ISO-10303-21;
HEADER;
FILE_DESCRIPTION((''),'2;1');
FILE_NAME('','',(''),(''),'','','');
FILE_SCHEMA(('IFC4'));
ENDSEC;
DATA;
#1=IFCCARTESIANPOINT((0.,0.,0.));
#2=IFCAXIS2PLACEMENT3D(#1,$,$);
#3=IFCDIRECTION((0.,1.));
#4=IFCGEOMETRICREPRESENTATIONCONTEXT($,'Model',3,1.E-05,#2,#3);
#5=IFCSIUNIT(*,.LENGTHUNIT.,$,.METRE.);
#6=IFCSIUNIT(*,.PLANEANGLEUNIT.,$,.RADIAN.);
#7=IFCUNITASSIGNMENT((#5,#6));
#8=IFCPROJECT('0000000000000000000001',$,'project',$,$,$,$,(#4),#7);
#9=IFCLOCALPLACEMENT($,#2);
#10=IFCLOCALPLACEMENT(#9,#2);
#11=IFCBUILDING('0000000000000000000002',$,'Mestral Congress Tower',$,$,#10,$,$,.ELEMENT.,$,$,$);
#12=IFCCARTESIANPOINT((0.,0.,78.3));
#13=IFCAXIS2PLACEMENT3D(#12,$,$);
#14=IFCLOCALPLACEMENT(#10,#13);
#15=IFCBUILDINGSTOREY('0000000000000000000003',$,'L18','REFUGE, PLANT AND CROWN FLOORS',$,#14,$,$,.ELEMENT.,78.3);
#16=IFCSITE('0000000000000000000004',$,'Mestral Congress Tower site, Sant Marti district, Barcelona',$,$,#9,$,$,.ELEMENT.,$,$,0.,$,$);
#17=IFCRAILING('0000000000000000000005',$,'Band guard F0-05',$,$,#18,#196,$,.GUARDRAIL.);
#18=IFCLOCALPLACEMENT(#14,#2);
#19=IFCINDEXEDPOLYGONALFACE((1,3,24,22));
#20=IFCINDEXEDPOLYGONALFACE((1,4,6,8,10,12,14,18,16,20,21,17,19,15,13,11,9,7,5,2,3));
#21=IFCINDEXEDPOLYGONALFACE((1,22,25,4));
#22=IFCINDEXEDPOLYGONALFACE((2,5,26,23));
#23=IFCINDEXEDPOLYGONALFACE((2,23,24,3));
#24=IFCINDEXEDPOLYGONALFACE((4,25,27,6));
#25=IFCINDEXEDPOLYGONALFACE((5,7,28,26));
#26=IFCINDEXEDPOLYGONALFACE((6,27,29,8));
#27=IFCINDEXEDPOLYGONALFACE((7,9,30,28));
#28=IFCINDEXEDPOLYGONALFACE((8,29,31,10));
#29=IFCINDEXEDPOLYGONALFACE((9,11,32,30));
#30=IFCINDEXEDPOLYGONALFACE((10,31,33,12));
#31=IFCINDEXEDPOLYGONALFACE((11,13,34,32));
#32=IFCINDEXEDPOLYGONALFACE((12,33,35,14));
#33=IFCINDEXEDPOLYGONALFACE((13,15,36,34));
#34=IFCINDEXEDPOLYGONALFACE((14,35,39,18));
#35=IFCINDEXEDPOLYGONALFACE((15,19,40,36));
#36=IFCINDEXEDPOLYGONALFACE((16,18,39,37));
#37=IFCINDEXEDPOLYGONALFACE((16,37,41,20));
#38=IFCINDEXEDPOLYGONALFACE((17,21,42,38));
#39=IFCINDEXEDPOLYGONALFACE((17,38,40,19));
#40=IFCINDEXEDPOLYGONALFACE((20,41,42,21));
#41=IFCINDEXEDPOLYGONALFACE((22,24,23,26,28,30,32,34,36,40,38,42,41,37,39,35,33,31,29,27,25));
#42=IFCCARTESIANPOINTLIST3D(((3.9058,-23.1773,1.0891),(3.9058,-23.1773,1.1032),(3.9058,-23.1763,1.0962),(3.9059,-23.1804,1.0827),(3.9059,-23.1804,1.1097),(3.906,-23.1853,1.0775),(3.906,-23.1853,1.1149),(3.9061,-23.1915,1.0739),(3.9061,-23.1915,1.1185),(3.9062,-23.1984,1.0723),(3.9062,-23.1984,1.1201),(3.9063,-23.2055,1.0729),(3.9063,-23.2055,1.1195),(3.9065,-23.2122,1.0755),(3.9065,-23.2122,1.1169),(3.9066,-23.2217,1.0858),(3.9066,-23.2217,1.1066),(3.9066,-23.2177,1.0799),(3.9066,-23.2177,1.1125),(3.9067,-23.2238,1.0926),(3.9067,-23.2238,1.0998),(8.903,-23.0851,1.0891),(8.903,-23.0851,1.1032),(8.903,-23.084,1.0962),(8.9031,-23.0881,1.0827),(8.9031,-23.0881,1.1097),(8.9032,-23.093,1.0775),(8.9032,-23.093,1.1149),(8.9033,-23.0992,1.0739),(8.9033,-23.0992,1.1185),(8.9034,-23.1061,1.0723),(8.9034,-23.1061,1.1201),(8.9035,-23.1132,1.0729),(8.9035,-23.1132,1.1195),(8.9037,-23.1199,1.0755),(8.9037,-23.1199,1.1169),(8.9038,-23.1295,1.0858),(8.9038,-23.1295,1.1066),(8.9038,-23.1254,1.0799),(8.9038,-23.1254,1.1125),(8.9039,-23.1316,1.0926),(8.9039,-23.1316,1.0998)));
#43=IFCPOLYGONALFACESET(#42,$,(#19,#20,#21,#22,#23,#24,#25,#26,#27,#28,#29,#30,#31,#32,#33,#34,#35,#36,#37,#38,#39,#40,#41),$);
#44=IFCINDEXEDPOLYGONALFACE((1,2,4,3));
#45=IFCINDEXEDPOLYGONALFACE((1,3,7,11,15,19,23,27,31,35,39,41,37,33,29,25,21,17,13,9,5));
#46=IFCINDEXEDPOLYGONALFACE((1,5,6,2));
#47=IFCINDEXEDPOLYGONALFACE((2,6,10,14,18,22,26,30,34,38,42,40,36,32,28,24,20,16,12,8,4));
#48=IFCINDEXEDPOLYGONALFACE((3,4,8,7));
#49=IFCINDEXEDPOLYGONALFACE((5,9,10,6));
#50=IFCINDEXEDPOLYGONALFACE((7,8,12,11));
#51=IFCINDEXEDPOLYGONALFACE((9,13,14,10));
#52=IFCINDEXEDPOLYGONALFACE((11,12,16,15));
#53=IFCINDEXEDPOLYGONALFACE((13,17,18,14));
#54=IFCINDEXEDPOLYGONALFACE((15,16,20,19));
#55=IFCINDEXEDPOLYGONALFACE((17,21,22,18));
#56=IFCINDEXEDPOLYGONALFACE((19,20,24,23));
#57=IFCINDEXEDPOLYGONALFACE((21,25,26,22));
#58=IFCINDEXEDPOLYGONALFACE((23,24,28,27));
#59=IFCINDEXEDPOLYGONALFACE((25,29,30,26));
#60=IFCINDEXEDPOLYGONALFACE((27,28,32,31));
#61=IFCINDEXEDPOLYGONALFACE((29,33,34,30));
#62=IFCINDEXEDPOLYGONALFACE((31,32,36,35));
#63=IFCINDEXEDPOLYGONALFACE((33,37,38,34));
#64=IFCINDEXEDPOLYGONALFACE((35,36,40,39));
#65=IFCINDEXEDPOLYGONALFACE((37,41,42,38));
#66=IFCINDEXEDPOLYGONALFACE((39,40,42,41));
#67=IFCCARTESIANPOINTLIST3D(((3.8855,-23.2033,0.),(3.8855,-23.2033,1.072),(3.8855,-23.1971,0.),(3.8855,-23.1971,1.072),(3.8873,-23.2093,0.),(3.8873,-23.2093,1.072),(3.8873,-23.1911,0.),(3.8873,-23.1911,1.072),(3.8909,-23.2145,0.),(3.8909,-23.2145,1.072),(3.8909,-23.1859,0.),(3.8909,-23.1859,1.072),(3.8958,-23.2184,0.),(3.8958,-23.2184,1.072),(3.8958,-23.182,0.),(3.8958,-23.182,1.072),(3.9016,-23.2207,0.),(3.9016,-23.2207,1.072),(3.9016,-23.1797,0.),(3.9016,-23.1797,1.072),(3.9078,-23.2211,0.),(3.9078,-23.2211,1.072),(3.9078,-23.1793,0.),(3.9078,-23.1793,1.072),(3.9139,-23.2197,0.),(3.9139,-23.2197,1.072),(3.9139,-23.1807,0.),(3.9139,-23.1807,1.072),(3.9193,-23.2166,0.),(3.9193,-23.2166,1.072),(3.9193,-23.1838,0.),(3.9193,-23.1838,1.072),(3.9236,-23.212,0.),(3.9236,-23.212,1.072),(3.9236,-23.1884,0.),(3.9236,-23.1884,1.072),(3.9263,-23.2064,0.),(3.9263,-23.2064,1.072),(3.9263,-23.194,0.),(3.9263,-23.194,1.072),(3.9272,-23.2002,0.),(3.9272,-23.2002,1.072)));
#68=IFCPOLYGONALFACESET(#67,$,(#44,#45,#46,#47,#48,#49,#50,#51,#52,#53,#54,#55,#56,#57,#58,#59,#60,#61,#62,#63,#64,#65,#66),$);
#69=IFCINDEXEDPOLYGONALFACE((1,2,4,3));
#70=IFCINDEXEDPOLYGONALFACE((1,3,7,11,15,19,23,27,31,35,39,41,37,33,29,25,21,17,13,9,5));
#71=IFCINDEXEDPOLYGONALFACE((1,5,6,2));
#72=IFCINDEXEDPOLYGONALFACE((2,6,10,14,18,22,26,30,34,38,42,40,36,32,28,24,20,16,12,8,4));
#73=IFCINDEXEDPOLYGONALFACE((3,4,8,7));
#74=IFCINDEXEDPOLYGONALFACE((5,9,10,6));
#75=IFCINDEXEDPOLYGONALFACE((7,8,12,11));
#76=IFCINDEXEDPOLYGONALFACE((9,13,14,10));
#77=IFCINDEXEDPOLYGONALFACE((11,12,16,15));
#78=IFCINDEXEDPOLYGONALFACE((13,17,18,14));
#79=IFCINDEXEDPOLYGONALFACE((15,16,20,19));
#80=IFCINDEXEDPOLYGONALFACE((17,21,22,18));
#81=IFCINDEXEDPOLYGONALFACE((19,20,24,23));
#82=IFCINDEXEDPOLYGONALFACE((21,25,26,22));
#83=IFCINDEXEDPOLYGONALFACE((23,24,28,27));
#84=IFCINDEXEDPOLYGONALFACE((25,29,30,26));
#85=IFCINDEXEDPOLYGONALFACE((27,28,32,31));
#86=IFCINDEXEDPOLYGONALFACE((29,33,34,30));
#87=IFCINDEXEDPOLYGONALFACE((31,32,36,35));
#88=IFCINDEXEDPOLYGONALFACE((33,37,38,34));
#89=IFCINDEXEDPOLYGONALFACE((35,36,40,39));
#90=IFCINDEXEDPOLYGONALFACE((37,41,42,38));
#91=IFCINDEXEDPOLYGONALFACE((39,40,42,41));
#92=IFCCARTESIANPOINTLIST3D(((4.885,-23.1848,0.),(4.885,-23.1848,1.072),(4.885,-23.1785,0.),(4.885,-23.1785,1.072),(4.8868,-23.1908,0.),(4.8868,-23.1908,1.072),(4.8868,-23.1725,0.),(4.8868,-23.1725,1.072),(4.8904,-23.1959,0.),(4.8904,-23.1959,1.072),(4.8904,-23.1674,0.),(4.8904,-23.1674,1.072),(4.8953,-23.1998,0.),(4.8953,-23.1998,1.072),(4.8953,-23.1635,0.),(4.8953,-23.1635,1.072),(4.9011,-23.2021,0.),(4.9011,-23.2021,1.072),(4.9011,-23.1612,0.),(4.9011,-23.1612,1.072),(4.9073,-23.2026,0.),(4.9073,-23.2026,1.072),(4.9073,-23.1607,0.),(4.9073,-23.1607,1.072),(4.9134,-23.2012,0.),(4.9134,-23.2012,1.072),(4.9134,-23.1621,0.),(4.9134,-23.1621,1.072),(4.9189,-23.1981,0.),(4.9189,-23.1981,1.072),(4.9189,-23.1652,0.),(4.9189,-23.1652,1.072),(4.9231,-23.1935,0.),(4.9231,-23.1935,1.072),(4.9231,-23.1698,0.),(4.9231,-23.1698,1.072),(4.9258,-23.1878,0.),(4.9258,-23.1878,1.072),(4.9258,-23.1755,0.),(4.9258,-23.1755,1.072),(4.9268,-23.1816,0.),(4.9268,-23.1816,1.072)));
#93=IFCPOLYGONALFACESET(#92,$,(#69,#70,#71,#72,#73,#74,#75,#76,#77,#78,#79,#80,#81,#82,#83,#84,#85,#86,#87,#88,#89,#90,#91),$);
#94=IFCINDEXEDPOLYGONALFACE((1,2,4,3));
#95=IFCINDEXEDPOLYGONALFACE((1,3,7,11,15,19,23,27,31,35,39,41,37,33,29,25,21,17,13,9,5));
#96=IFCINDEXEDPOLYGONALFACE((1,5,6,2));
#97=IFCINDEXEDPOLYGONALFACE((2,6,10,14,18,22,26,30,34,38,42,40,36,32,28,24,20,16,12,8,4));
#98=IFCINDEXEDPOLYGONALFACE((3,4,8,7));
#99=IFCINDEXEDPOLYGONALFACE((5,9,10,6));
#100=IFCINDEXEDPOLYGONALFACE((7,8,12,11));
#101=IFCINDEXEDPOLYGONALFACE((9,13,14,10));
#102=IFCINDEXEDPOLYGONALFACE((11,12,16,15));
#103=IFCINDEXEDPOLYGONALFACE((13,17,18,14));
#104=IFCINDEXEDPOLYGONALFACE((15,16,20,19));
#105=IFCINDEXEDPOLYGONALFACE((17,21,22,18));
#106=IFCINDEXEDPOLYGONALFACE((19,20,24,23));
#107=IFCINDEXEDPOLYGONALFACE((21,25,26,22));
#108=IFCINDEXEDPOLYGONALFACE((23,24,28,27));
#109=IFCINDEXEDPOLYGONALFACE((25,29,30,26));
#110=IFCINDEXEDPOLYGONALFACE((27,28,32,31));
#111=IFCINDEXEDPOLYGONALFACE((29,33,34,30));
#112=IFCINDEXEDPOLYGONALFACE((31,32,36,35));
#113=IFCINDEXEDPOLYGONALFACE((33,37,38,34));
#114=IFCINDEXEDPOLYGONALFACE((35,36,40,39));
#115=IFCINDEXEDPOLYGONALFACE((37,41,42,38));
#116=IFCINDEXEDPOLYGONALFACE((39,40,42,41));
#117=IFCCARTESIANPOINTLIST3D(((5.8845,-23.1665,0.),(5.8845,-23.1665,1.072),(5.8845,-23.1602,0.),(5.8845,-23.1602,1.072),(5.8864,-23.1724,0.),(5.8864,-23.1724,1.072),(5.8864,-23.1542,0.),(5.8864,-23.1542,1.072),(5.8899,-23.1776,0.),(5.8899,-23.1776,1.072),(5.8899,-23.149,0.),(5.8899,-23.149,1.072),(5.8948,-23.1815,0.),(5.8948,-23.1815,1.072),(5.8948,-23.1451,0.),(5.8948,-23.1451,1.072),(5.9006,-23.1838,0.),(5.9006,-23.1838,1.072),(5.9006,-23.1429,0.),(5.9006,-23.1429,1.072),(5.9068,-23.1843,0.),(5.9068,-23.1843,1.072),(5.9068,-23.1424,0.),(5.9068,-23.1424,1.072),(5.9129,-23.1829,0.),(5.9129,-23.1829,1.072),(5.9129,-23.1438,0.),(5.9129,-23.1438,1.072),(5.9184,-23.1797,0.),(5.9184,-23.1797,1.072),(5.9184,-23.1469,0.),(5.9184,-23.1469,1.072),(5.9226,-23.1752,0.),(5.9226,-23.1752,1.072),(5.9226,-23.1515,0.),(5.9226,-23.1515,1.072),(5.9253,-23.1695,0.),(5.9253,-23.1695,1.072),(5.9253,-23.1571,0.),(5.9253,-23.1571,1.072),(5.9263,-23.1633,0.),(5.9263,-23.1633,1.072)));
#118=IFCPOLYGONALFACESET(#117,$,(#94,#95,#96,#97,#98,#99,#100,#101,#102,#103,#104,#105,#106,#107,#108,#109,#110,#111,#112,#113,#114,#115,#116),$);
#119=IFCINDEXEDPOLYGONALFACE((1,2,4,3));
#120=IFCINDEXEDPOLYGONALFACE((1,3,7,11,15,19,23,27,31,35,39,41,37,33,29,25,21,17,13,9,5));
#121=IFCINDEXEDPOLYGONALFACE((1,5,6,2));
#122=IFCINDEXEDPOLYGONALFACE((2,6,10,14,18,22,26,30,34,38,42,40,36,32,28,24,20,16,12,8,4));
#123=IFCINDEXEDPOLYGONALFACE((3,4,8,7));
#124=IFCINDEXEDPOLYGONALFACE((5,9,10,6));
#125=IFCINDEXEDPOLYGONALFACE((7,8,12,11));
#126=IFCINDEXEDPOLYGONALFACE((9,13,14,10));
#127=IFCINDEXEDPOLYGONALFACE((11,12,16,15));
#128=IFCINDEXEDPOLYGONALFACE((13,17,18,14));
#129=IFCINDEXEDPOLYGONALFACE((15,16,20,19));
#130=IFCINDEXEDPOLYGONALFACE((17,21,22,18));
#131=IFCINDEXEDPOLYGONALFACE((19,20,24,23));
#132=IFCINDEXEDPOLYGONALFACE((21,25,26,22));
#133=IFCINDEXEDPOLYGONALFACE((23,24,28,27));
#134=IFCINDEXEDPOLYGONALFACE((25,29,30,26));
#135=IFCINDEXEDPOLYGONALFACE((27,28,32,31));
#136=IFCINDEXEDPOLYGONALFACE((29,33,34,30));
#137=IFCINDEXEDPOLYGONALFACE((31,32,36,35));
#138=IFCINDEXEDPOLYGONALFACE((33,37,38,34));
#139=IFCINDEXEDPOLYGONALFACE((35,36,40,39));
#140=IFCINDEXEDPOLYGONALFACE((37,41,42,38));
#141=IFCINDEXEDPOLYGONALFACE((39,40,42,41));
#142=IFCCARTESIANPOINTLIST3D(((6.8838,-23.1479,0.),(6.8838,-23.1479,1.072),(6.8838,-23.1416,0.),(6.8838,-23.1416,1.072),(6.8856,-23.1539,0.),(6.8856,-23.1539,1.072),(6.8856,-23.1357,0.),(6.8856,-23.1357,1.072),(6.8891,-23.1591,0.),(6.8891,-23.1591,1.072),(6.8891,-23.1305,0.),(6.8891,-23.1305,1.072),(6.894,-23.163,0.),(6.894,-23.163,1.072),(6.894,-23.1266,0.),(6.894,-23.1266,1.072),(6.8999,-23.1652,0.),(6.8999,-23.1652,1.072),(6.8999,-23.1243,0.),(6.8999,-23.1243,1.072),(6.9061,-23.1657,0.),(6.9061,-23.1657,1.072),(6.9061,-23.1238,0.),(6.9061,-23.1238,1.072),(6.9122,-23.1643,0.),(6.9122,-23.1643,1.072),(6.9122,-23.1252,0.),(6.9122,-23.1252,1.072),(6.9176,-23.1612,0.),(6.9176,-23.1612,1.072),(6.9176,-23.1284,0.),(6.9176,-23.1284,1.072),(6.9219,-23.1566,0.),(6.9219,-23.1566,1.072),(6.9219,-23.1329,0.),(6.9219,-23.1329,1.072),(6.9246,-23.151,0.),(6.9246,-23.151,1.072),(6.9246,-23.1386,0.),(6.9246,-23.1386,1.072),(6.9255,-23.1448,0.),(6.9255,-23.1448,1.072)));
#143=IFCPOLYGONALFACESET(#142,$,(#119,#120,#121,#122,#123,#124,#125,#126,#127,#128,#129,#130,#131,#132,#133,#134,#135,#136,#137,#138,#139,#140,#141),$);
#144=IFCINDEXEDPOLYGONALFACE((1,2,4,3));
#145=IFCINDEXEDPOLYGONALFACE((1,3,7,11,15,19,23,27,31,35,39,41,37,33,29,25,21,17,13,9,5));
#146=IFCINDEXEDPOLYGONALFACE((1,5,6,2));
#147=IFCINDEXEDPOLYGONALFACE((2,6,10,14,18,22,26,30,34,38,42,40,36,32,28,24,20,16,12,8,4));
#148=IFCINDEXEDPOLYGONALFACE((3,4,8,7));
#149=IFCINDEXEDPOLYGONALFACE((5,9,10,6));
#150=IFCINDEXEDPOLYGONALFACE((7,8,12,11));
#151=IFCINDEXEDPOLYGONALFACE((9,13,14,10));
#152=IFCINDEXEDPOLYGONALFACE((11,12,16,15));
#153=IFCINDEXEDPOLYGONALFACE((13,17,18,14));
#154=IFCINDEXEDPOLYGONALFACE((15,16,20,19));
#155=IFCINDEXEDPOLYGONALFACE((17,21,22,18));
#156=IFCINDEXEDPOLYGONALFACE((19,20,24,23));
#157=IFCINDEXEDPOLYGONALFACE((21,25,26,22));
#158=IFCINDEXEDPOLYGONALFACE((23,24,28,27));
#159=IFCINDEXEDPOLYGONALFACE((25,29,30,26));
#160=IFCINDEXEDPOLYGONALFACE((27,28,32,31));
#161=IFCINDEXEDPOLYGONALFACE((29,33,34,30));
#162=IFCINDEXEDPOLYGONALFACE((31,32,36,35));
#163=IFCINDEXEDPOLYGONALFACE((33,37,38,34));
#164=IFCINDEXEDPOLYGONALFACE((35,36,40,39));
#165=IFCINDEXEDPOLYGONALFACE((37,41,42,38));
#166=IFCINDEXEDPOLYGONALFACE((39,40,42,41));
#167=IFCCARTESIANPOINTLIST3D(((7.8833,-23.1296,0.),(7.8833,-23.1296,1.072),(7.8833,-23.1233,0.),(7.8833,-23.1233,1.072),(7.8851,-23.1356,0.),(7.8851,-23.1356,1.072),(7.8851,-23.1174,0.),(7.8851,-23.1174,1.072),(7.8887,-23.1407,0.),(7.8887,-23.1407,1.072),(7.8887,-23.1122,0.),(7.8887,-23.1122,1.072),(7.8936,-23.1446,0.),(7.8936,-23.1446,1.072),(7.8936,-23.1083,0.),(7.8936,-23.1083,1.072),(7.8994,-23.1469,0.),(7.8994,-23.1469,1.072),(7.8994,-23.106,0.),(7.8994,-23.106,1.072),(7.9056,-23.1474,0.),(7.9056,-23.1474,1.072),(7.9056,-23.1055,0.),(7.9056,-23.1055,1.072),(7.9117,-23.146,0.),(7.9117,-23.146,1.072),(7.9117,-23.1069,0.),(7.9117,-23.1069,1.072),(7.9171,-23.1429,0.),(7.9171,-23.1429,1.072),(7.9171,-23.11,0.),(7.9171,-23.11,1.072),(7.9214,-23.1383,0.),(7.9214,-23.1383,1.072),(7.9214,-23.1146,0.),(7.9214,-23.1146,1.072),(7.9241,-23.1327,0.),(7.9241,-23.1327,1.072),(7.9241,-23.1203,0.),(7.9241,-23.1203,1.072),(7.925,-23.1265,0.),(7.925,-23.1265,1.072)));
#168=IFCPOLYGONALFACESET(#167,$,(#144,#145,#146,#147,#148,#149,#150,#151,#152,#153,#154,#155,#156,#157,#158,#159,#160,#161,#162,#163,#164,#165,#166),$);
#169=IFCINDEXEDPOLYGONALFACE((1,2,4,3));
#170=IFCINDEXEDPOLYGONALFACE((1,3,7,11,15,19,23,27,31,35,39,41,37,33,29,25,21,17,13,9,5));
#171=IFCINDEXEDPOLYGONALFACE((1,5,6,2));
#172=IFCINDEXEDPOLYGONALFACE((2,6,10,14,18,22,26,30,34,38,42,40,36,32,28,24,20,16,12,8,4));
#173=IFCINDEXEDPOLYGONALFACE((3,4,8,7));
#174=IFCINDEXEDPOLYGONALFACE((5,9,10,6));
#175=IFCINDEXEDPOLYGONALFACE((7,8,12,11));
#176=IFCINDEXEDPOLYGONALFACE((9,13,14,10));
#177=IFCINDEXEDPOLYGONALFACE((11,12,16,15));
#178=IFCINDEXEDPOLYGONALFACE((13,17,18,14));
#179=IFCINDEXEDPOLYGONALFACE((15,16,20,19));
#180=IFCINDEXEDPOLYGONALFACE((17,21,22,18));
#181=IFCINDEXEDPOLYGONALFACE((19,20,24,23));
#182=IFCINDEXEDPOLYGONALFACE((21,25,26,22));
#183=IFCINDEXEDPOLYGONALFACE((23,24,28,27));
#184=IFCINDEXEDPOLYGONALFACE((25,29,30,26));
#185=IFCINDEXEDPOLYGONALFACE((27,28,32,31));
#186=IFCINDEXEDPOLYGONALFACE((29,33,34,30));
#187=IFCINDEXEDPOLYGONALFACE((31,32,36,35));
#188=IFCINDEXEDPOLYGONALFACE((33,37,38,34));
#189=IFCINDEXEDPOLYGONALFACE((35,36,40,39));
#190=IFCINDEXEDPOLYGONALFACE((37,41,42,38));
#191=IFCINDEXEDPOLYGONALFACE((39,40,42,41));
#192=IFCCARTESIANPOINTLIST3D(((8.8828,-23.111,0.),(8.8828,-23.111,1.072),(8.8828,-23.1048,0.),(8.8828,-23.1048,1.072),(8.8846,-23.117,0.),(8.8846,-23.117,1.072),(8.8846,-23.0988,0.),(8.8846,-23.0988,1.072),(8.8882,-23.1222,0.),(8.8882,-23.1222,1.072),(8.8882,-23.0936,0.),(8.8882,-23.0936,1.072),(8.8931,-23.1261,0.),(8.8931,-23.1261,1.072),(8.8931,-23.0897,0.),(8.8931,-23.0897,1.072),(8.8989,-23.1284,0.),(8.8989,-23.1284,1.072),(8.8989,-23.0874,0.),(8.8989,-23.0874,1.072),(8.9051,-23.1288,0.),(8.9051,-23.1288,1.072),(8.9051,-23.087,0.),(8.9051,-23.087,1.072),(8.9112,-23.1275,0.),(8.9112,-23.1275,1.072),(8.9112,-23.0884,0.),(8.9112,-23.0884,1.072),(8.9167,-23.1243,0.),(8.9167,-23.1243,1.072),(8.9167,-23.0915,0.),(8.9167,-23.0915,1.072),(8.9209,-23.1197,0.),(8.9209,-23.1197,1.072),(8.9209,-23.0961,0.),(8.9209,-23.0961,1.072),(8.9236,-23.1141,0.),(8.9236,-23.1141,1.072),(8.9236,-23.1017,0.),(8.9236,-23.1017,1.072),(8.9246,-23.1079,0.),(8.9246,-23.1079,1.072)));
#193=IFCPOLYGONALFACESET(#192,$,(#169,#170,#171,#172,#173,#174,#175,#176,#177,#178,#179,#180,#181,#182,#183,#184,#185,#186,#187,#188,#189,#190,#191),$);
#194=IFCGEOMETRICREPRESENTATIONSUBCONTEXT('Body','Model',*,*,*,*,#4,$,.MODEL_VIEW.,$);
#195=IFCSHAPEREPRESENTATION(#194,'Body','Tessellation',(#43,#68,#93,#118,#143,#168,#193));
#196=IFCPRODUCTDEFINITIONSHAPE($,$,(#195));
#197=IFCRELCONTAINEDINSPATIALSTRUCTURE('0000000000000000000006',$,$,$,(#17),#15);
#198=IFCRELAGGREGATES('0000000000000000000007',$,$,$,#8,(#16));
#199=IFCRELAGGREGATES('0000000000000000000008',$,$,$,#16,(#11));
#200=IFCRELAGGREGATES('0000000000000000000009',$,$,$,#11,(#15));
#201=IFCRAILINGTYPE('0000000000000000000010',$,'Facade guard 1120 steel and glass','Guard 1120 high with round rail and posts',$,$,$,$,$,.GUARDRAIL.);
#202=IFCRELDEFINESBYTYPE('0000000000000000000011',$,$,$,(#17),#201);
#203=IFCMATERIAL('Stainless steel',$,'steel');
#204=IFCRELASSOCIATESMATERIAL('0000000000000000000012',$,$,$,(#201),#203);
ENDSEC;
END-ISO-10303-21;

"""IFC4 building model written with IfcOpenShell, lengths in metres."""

from ifc_helpers import new_model, si_unit, direction, frame, origin, origin_2d, place, context, subcontext, project, spatial, circle, extrude, material, type_object, element, save


model = new_model("IFC4")

# Units and contexts
model_context = context("Model", 3, precision=1e-05, world=origin(), true_north=direction((0.0, 1.0)))
body_context = subcontext(model_context, "Body", "Model", "MODEL_VIEW")
ifc_project = project(units=[si_unit("LENGTHUNIT", "METRE"), si_unit("PLANEANGLEUNIT", "RADIAN")], contexts=[model_context])

# Site, building, storey
site_placement = place(None, origin())
site = spatial("IfcSite", under=ifc_project, at=site_placement, Name="Mestral Congress Tower site, Sant Marti district, Barcelona", CompositionType="ELEMENT", RefElevation=0.0)
building_placement = place(site_placement, origin())
building = spatial("IfcBuilding", under=site, at=building_placement, Name="Mestral Congress Tower", CompositionType="ELEMENT")
storey_placement = place(building_placement, frame((0.0, 0.0, 78.3)))
storey = spatial("IfcBuildingStorey", under=building, at=storey_placement, Name="L18", Description="REFUGE, PLANT AND CROWN FLOORS", CompositionType="ELEMENT", Elevation=78.3)

# Railing
ifc_material_1 = material(Name="Stainless steel", Category="steel")
railing_type = type_object("IfcRailingType", Name="Facade guard 1120 steel and glass", Description="Guard 1120 high with round rail and posts", PredefinedType="GUARDRAIL", material=ifc_material_1)
railing_1_placement = place(storey_placement, frame((3.9062, -23.2002, 0.0)))
element("IfcRailing", 1, at=railing_1_placement, inside=storey, type_object=railing_type, Name="Band guard F0-05", PredefinedType="GUARDRAIL", context=body_context, shape_type="SweptSolid", body=[
    extrude(circle(Radius=0.0239, at=origin_2d()), frame((0.0, 0.0, 1.0962), z_axis=(0.99983, 0.018464, 0.0), x_axis=(-0.018464, 0.99983, 0.0)), (0.0, 0.0, 1.0), 4.998),
    extrude(circle(Radius=0.021, at=origin_2d()), origin(), (0.0, 0.0, 1.0), 1.072),
    extrude(circle(Radius=0.021, at=origin_2d()), frame((0.9995, 0.0186, 0.0)), (0.0, 0.0, 1.0), 1.072),
    extrude(circle(Radius=0.021, at=origin_2d()), frame((1.999, 0.0369, 0.0)), (0.0, 0.0, 1.0), 1.072),
    extrude(circle(Radius=0.021, at=origin_2d()), frame((2.9983, 0.0554, 0.0)), (0.0, 0.0, 1.0), 1.072),
    extrude(circle(Radius=0.021, at=origin_2d()), frame((3.9978, 0.0737, 0.0)), (0.0, 0.0, 1.0), 1.072),
    extrude(circle(Radius=0.021, at=origin_2d()), frame((4.9973, 0.0923, 0.0)), (0.0, 0.0, 1.0), 1.072),
])

save(model, "model.ifc")
